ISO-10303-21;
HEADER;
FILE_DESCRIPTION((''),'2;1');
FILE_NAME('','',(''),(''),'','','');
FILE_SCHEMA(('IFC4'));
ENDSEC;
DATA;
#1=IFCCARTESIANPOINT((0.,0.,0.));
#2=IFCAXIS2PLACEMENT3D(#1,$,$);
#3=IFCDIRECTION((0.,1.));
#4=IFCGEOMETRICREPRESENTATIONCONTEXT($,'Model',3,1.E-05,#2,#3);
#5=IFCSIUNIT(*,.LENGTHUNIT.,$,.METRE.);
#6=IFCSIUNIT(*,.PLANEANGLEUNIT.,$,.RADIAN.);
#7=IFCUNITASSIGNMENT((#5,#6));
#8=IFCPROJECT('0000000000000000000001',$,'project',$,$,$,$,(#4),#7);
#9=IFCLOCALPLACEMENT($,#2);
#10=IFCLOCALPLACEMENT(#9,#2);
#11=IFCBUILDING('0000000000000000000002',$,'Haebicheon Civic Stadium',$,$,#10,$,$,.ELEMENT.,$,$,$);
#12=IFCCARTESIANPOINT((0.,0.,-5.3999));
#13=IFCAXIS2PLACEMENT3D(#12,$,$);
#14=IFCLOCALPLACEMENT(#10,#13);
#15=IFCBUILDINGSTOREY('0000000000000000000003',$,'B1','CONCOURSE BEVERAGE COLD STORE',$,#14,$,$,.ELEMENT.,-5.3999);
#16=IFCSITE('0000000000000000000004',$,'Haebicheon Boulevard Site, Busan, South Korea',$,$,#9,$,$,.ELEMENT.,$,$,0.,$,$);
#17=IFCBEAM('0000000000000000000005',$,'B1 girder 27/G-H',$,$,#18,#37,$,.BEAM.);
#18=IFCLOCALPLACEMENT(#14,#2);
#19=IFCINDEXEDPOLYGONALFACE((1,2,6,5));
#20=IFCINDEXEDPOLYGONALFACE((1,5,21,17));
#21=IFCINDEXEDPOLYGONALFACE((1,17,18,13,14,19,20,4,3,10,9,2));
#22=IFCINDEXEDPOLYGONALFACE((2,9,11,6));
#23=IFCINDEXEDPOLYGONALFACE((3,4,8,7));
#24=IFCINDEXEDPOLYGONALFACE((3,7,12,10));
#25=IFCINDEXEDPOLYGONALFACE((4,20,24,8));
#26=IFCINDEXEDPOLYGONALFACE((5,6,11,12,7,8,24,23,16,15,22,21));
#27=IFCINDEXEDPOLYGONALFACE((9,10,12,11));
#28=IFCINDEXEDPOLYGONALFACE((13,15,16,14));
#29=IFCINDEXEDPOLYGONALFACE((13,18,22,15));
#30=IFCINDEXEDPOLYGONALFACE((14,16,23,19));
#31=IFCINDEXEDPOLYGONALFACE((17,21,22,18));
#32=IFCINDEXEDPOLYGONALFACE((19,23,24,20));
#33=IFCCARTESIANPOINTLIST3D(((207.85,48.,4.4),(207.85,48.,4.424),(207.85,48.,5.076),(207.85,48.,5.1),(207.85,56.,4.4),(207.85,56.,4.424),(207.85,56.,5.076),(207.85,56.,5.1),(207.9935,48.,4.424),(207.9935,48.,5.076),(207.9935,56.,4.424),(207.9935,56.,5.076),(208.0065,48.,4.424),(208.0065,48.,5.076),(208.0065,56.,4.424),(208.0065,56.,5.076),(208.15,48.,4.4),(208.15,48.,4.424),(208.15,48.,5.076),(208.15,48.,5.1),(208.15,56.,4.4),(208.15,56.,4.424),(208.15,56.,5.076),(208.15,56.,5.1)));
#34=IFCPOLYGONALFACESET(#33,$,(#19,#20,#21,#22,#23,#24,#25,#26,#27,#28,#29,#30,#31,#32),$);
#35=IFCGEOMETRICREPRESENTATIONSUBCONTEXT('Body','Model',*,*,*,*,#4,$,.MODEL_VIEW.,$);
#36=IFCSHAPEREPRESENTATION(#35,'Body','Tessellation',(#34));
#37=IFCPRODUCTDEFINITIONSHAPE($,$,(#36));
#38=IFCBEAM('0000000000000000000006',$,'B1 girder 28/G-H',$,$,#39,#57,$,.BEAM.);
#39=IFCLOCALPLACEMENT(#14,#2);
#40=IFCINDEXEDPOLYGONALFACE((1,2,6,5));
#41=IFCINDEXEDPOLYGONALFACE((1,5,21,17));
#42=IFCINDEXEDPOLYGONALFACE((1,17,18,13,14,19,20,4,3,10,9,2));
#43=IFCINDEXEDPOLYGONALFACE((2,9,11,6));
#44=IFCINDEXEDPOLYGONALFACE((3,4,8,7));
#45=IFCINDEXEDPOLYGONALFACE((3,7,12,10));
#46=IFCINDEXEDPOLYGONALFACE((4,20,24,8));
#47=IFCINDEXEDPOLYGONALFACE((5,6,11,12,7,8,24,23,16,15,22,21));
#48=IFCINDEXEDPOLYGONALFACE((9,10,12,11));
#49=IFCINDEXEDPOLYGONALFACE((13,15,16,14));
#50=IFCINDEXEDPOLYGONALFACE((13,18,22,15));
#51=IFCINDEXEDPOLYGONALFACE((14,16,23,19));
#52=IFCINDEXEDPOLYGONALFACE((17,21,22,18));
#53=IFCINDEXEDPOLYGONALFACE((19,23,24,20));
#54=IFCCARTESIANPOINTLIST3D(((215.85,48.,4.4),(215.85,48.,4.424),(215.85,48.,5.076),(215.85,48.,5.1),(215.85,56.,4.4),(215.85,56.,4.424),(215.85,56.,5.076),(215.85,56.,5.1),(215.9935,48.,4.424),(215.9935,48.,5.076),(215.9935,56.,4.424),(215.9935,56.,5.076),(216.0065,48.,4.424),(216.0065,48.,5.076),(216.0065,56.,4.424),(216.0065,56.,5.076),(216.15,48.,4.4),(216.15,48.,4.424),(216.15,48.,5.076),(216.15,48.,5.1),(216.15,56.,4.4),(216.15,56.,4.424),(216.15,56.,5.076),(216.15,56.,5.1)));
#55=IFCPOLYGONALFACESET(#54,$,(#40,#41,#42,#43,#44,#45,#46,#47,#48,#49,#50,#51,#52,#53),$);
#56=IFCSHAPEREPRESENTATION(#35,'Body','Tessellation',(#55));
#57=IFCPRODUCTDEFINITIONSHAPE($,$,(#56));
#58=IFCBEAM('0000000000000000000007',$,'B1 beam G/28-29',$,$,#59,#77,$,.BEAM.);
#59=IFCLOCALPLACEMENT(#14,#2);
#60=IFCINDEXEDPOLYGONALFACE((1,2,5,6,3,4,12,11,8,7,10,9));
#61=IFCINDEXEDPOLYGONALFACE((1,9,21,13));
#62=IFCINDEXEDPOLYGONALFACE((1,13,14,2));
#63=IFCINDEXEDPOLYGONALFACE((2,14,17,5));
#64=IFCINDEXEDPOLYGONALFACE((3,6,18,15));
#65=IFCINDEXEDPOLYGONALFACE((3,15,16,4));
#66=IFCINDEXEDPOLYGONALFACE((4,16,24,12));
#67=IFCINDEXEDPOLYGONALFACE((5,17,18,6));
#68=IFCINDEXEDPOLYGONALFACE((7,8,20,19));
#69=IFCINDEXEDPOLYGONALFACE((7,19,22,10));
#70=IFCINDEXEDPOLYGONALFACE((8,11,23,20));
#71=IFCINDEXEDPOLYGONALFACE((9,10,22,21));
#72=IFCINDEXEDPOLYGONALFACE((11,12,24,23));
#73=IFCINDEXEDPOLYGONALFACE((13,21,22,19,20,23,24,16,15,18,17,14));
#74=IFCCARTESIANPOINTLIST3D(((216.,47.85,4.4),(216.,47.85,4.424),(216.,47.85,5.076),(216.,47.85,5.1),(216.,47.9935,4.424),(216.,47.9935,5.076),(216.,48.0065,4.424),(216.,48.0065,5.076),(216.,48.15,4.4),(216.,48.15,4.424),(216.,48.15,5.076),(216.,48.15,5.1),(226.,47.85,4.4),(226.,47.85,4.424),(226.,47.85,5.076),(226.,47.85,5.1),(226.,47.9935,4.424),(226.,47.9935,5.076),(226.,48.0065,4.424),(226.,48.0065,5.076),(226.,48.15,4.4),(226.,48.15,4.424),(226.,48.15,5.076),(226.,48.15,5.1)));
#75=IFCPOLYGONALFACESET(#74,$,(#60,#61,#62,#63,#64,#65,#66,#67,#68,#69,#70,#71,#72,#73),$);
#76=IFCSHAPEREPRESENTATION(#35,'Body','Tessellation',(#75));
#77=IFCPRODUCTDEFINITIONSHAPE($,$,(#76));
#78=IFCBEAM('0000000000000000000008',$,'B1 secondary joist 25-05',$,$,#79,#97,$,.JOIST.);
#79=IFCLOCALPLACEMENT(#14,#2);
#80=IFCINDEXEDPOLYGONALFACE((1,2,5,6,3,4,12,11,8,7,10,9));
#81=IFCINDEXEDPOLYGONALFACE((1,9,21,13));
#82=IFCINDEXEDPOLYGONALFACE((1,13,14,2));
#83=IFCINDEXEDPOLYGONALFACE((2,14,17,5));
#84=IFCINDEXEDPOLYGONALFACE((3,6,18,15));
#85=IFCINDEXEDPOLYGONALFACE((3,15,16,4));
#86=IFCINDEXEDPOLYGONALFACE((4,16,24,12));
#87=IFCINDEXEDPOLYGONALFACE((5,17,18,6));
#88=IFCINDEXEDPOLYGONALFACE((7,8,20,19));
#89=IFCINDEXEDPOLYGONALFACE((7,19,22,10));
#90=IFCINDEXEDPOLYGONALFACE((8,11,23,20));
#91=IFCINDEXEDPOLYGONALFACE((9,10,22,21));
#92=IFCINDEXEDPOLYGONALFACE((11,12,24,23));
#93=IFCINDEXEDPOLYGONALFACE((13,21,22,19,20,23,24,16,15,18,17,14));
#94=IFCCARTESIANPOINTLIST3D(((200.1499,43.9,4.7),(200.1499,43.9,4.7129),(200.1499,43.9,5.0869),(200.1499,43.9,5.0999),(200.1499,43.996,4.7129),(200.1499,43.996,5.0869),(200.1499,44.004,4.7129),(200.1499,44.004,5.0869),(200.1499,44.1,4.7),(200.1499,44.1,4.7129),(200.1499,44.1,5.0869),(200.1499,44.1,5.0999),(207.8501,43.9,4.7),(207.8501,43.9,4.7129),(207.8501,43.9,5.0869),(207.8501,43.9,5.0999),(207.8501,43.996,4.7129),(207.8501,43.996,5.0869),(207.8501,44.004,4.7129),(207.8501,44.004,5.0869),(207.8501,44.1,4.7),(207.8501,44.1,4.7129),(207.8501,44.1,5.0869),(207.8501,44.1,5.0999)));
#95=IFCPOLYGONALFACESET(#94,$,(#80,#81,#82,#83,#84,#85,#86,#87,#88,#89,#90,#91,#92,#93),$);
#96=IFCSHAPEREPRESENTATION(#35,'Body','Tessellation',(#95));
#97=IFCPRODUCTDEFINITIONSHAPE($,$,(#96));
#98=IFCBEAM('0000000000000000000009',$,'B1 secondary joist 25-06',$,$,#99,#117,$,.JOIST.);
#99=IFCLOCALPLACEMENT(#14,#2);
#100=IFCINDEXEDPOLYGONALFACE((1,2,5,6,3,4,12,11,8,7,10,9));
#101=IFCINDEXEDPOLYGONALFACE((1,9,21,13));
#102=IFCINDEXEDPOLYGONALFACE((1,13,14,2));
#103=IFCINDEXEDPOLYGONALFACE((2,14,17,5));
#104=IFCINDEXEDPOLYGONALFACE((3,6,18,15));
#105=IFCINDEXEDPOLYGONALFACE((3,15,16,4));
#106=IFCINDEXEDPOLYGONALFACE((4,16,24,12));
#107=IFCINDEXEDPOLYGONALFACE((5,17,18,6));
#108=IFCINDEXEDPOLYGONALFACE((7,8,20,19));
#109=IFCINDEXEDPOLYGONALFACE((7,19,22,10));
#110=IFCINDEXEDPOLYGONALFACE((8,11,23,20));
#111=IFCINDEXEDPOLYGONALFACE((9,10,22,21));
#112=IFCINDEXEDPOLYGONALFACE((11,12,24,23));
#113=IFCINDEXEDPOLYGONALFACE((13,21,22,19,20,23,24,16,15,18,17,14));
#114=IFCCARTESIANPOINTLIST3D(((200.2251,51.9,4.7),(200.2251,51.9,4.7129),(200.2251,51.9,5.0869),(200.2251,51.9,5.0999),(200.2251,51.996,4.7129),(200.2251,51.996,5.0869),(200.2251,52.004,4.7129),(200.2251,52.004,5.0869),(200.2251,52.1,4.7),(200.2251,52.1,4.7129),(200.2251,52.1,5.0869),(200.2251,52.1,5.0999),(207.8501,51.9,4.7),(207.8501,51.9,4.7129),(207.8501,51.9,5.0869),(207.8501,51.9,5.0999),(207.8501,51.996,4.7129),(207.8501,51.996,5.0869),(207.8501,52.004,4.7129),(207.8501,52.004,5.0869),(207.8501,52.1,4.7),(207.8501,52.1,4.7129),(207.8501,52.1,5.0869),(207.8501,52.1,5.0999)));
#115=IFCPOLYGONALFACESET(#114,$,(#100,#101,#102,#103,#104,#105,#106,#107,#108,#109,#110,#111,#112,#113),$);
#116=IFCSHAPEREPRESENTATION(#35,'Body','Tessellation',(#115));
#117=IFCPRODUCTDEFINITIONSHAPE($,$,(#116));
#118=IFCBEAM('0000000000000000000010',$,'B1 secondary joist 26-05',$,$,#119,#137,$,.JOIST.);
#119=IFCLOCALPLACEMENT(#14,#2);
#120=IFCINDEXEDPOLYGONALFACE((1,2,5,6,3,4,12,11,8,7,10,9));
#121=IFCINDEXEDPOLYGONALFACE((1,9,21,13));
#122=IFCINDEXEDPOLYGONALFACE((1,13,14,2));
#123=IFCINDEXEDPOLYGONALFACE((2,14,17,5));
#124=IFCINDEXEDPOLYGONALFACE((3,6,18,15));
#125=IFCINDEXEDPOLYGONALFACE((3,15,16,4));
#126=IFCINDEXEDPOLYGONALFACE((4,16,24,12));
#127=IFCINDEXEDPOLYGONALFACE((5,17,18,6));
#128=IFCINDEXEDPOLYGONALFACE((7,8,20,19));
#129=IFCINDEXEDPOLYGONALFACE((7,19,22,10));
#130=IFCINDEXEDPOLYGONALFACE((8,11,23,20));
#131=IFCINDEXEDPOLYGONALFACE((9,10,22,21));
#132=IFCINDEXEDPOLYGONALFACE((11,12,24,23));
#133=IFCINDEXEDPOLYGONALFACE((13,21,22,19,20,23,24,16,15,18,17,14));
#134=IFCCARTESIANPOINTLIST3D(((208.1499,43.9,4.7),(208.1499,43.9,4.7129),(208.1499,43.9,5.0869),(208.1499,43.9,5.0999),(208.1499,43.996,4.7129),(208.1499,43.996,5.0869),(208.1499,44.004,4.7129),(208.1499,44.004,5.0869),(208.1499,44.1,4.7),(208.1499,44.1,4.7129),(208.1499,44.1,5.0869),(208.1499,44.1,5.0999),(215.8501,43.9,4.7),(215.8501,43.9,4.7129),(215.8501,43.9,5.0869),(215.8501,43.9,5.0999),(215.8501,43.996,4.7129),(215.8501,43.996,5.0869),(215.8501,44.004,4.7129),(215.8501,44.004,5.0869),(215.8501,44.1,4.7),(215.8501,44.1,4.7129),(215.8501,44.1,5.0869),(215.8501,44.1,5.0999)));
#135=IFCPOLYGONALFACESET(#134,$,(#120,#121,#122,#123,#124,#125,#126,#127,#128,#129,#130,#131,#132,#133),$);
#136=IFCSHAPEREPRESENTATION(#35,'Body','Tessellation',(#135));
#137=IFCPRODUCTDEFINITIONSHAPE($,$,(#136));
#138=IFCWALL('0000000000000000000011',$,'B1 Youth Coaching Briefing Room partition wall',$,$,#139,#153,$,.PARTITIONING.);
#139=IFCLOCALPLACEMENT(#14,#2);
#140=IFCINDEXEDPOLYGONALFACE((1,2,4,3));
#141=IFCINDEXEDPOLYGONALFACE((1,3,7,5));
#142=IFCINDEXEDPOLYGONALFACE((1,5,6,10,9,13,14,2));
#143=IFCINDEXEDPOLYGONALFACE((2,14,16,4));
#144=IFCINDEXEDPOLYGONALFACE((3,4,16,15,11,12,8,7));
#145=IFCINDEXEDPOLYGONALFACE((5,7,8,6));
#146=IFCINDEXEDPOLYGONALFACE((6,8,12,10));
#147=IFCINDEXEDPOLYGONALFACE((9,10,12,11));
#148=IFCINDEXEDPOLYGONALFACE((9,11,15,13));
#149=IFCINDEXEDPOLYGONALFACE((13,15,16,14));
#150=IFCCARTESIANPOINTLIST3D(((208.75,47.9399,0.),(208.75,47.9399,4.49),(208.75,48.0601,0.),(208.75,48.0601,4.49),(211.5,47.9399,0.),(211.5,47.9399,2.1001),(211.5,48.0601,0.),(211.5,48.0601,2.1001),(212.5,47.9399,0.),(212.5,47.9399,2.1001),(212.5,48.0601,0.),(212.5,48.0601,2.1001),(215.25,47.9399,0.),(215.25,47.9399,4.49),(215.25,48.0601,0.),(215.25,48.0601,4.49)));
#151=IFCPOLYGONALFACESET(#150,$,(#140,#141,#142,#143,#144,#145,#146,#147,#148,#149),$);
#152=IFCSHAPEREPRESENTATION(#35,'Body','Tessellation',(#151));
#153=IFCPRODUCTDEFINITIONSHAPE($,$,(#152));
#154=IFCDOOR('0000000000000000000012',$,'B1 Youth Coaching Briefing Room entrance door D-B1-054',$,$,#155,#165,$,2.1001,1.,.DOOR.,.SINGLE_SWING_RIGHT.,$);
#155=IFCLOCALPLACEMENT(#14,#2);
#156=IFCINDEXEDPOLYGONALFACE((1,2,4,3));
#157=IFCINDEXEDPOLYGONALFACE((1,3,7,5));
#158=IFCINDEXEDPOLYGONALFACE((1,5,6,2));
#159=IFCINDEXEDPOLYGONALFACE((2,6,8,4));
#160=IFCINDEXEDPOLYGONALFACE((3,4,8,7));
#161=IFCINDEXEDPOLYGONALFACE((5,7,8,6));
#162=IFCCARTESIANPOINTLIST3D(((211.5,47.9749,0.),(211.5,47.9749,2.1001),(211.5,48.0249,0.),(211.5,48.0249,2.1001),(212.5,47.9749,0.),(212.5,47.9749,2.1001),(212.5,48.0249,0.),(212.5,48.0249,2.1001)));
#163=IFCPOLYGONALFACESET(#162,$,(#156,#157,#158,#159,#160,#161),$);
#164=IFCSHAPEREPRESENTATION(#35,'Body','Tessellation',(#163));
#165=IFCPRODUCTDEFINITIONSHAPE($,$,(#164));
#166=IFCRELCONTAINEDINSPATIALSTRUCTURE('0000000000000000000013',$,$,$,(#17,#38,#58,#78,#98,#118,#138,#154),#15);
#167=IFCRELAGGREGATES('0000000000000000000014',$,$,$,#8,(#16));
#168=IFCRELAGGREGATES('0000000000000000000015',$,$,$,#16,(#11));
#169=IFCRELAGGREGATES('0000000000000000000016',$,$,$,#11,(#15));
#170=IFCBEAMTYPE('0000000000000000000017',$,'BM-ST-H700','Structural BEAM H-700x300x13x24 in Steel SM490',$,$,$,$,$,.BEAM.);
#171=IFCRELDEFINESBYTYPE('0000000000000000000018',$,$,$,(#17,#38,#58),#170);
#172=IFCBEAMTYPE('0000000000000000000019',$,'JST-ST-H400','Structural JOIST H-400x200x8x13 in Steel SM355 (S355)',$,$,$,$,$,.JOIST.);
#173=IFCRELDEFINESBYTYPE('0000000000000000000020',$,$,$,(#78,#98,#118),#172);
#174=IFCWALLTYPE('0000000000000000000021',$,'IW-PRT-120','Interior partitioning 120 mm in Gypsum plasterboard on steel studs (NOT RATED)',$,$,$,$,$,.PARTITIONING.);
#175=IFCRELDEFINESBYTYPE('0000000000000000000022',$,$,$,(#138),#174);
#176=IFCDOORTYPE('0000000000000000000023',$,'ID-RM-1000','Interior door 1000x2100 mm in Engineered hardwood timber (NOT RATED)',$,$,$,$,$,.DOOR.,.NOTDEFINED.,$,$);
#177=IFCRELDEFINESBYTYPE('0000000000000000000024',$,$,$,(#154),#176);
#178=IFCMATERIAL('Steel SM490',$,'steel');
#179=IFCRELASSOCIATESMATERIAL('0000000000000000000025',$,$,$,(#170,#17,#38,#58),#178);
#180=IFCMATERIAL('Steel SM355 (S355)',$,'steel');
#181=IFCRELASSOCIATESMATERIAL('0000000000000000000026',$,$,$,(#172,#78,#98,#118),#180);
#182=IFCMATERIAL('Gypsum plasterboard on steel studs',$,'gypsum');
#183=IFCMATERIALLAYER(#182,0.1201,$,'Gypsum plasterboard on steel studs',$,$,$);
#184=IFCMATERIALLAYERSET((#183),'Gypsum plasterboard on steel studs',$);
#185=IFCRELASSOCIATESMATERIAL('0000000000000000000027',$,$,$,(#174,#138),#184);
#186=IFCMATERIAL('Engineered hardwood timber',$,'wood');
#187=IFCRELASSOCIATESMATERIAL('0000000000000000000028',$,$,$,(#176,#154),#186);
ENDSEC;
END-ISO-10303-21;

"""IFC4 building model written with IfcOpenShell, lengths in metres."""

from ifc_helpers import new_model, si_unit, direction, frame, frame_2d, origin, origin_2d, place, context, subcontext, project, spatial, rectangle, i_section, extrude, material, layer, layer_set, material_profile, profile_set, type_object, element, fill, save


model = new_model("IFC4")

# Units and contexts
model_context = context("Model", 3, precision=1e-05, world=origin(), true_north=direction((0.0, 1.0)))
body_context = subcontext(model_context, "Body", "Model", "MODEL_VIEW")
ifc_project = project(units=[si_unit("LENGTHUNIT", "METRE"), si_unit("PLANEANGLEUNIT", "RADIAN")], contexts=[model_context])

# Site, building, storey
site_placement = place(None, origin())
site = spatial("IfcSite", under=ifc_project, at=site_placement, Name="Haebicheon Boulevard Site, Busan, South Korea", CompositionType="ELEMENT", RefElevation=0.0)
building_placement = place(site_placement, origin())
building = spatial("IfcBuilding", under=site, at=building_placement, Name="Haebicheon Civic Stadium", CompositionType="ELEMENT")
storey_placement = place(building_placement, frame((0.0, 0.0, -5.3999)))
storey = spatial("IfcBuildingStorey", under=building, at=storey_placement, Name="B1", Description="CONCOURSE BEVERAGE COLD STORE", CompositionType="ELEMENT", Elevation=-5.3999)

# Beams
ifc_material_1 = material(Name="Steel SM490", Category="steel")
ifc_material_profile_1 = material_profile(ifc_material_1, i_section(OverallWidth=0.3, OverallDepth=0.7, WebThickness=0.0129, FlangeThickness=0.0239, at=origin_2d()), Name="H-700x300x13x24")
ifc_profile_set_1 = profile_set([ifc_material_profile_1], Name="Steel SM490")
beam_type_1 = type_object("IfcBeamType", Name="BM-ST-H700", Description="Structural BEAM H-700x300x13x24 in Steel SM490", PredefinedType="BEAM", material=ifc_profile_set_1)
for number, where, z_axis, x_axis, name in (
    (1, (208.0, 48.0, 4.75), (0.0, 1.0, 0.0), (-1.0, 0.0, 0.0), "B1 girder 27/G-H"),
    (2, (216.0, 48.0, 4.75), (0.0, 1.0, 0.0), (-1.0, 0.0, 0.0), "B1 girder 28/G-H"),
):
    element("IfcBeam", number, at=place(storey_placement, frame(where, z_axis=z_axis, x_axis=x_axis)), inside=storey, type_object=beam_type_1, material=ifc_profile_set_1, Name=name, PredefinedType="BEAM", context=body_context, shape_type="SweptSolid", body=[
        extrude(i_section(OverallWidth=0.3, OverallDepth=0.7, WebThickness=0.0129, FlangeThickness=0.0239, at=origin_2d()), origin(), (0.0, 0.0, 1.0), 8.0),
    ])
beam_1_placement = place(storey_placement, frame((216.0, 48.0, 4.75), z_axis=(1.0, 0.0, 0.0), x_axis=(0.0, 1.0, 0.0)))
element("IfcBeam", 3, at=beam_1_placement, inside=storey, type_object=beam_type_1, material=ifc_profile_set_1, Name="B1 beam G/28-29", PredefinedType="BEAM", context=body_context, shape_type="SweptSolid", body=[
    extrude(i_section(OverallWidth=0.3, OverallDepth=0.7, WebThickness=0.0129, FlangeThickness=0.0239, at=origin_2d()), origin(), (0.0, 0.0, 1.0), 10.0),
])
ifc_material_2 = material(Name="Steel SM355 (S355)", Category="steel")
ifc_material_profile_2 = material_profile(ifc_material_2, i_section(OverallWidth=0.2, OverallDepth=0.3999, WebThickness=0.0081, FlangeThickness=0.0129, at=origin_2d()), Name="H-400x200x8x13")
ifc_profile_set_2 = profile_set([ifc_material_profile_2], Name="Steel SM355 (S355)")
beam_type_2 = type_object("IfcBeamType", Name="JST-ST-H400", Description="Structural JOIST H-400x200x8x13 in Steel SM355 (S355)", PredefinedType="JOIST", material=ifc_profile_set_2)
beam_2_placement = place(storey_placement, frame((200.1499, 44.0, 4.8999), z_axis=(1.0, 0.0, 0.0), x_axis=(0.0, 1.0, 0.0)))
element("IfcBeam", 4, at=beam_2_placement, inside=storey, type_object=beam_type_2, material=ifc_profile_set_2, Name="B1 secondary joist 25-05", PredefinedType="JOIST", context=body_context, shape_type="SweptSolid", body=[
    extrude(i_section(OverallWidth=0.2, OverallDepth=0.3999, WebThickness=0.0081, FlangeThickness=0.0129, at=origin_2d()), origin(), (0.0, 0.0, 1.0), 7.7002),
])
beam_3_placement = place(storey_placement, frame((200.2251, 52.0, 4.8999), z_axis=(1.0, 0.0, 0.0), x_axis=(0.0, 1.0, 0.0)))
element("IfcBeam", 5, at=beam_3_placement, inside=storey, type_object=beam_type_2, material=ifc_profile_set_2, Name="B1 secondary joist 25-06", PredefinedType="JOIST", context=body_context, shape_type="SweptSolid", body=[
    extrude(i_section(OverallWidth=0.2, OverallDepth=0.3999, WebThickness=0.0081, FlangeThickness=0.0129, at=origin_2d()), origin(), (0.0, 0.0, 1.0), 7.625),
])
beam_4_placement = place(storey_placement, frame((208.1499, 44.0, 4.8999), z_axis=(1.0, 0.0, 0.0), x_axis=(0.0, 1.0, 0.0)))
element("IfcBeam", 6, at=beam_4_placement, inside=storey, type_object=beam_type_2, material=ifc_profile_set_2, Name="B1 secondary joist 26-05", PredefinedType="JOIST", context=body_context, shape_type="SweptSolid", body=[
    extrude(i_section(OverallWidth=0.2, OverallDepth=0.3999, WebThickness=0.0081, FlangeThickness=0.0129, at=origin_2d()), origin(), (0.0, 0.0, 1.0), 7.7002),
])

# Wall, opening, door
ifc_material_3 = material(Name="Gypsum plasterboard on steel studs", Category="gypsum")
ifc_layer_1 = layer(ifc_material_3, 0.1201, Name="Gypsum plasterboard on steel studs")
ifc_layer_set_1 = layer_set([ifc_layer_1], Name="Gypsum plasterboard on steel studs")
wall_type_1 = type_object("IfcWallType", Name="IW-PRT-120", Description="Interior partitioning 120 mm in Gypsum plasterboard on steel studs (NOT RATED)", PredefinedType="PARTITIONING", material=ifc_layer_set_1)
wall_1_placement = place(storey_placement, frame((208.75, 48.0, 0.0), z_axis=(0.0, 0.0, 1.0), x_axis=(1.0, 0.0, 0.0)))
wall_1 = element("IfcWall", 7, at=wall_1_placement, inside=storey, type_object=wall_type_1, material=ifc_layer_set_1, Name="B1 Youth Coaching Briefing Room partition wall", PredefinedType="PARTITIONING", context=body_context, shape_type="SweptSolid", body=[
    extrude(rectangle(XDim=6.5, YDim=0.1201, at=frame_2d((3.25, 0.0))), origin(), (0.0, 0.0, 1.0), 4.49),
])
opening_1_placement = place(wall_1_placement, frame((2.75, 0.0, 0.0)))
opening_1 = element("IfcOpeningElement", 8, at=opening_1_placement, cuts=wall_1, PredefinedType="OPENING", context=body_context, shape_type="SweptSolid", body=[
    extrude(rectangle(XDim=1.0, YDim=2.1001, at=frame_2d((0.5, 1.05))), frame((0.0, 0.0701, 0.0), z_axis=(0.0, -1.0, 0.0), x_axis=(1.0, 0.0, 0.0)), (0.0, 0.0, 1.0), 0.1401),
])
ifc_material_4 = material(Name="Engineered hardwood timber", Category="wood")
door_type_1 = type_object("IfcDoorType", Name="ID-RM-1000", Description="Interior door 1000x2100 mm in Engineered hardwood timber (NOT RATED)", OperationType="NOTDEFINED", PredefinedType="DOOR", material=ifc_material_4)
door_1_placement = place(opening_1_placement, origin())
door_1 = element("IfcDoor", 9, at=door_1_placement, inside=storey, type_object=door_type_1, material=ifc_material_4, Name="B1 Youth Coaching Briefing Room entrance door D-B1-054", OperationType="SINGLE_SWING_RIGHT", OverallHeight=2.1001, OverallWidth=1.0, PredefinedType="DOOR", context=body_context, shape_type="SweptSolid", body=[
    extrude(rectangle(XDim=1.0, YDim=2.1001, at=frame_2d((0.5, 1.05))), frame((0.0, 0.0249, 0.0), z_axis=(0.0, -1.0, 0.0), x_axis=(1.0, 0.0, 0.0)), (0.0, 0.0, 1.0), 0.05),
])
fill(opening_1, door_1)

save(model, "model.ifc")
